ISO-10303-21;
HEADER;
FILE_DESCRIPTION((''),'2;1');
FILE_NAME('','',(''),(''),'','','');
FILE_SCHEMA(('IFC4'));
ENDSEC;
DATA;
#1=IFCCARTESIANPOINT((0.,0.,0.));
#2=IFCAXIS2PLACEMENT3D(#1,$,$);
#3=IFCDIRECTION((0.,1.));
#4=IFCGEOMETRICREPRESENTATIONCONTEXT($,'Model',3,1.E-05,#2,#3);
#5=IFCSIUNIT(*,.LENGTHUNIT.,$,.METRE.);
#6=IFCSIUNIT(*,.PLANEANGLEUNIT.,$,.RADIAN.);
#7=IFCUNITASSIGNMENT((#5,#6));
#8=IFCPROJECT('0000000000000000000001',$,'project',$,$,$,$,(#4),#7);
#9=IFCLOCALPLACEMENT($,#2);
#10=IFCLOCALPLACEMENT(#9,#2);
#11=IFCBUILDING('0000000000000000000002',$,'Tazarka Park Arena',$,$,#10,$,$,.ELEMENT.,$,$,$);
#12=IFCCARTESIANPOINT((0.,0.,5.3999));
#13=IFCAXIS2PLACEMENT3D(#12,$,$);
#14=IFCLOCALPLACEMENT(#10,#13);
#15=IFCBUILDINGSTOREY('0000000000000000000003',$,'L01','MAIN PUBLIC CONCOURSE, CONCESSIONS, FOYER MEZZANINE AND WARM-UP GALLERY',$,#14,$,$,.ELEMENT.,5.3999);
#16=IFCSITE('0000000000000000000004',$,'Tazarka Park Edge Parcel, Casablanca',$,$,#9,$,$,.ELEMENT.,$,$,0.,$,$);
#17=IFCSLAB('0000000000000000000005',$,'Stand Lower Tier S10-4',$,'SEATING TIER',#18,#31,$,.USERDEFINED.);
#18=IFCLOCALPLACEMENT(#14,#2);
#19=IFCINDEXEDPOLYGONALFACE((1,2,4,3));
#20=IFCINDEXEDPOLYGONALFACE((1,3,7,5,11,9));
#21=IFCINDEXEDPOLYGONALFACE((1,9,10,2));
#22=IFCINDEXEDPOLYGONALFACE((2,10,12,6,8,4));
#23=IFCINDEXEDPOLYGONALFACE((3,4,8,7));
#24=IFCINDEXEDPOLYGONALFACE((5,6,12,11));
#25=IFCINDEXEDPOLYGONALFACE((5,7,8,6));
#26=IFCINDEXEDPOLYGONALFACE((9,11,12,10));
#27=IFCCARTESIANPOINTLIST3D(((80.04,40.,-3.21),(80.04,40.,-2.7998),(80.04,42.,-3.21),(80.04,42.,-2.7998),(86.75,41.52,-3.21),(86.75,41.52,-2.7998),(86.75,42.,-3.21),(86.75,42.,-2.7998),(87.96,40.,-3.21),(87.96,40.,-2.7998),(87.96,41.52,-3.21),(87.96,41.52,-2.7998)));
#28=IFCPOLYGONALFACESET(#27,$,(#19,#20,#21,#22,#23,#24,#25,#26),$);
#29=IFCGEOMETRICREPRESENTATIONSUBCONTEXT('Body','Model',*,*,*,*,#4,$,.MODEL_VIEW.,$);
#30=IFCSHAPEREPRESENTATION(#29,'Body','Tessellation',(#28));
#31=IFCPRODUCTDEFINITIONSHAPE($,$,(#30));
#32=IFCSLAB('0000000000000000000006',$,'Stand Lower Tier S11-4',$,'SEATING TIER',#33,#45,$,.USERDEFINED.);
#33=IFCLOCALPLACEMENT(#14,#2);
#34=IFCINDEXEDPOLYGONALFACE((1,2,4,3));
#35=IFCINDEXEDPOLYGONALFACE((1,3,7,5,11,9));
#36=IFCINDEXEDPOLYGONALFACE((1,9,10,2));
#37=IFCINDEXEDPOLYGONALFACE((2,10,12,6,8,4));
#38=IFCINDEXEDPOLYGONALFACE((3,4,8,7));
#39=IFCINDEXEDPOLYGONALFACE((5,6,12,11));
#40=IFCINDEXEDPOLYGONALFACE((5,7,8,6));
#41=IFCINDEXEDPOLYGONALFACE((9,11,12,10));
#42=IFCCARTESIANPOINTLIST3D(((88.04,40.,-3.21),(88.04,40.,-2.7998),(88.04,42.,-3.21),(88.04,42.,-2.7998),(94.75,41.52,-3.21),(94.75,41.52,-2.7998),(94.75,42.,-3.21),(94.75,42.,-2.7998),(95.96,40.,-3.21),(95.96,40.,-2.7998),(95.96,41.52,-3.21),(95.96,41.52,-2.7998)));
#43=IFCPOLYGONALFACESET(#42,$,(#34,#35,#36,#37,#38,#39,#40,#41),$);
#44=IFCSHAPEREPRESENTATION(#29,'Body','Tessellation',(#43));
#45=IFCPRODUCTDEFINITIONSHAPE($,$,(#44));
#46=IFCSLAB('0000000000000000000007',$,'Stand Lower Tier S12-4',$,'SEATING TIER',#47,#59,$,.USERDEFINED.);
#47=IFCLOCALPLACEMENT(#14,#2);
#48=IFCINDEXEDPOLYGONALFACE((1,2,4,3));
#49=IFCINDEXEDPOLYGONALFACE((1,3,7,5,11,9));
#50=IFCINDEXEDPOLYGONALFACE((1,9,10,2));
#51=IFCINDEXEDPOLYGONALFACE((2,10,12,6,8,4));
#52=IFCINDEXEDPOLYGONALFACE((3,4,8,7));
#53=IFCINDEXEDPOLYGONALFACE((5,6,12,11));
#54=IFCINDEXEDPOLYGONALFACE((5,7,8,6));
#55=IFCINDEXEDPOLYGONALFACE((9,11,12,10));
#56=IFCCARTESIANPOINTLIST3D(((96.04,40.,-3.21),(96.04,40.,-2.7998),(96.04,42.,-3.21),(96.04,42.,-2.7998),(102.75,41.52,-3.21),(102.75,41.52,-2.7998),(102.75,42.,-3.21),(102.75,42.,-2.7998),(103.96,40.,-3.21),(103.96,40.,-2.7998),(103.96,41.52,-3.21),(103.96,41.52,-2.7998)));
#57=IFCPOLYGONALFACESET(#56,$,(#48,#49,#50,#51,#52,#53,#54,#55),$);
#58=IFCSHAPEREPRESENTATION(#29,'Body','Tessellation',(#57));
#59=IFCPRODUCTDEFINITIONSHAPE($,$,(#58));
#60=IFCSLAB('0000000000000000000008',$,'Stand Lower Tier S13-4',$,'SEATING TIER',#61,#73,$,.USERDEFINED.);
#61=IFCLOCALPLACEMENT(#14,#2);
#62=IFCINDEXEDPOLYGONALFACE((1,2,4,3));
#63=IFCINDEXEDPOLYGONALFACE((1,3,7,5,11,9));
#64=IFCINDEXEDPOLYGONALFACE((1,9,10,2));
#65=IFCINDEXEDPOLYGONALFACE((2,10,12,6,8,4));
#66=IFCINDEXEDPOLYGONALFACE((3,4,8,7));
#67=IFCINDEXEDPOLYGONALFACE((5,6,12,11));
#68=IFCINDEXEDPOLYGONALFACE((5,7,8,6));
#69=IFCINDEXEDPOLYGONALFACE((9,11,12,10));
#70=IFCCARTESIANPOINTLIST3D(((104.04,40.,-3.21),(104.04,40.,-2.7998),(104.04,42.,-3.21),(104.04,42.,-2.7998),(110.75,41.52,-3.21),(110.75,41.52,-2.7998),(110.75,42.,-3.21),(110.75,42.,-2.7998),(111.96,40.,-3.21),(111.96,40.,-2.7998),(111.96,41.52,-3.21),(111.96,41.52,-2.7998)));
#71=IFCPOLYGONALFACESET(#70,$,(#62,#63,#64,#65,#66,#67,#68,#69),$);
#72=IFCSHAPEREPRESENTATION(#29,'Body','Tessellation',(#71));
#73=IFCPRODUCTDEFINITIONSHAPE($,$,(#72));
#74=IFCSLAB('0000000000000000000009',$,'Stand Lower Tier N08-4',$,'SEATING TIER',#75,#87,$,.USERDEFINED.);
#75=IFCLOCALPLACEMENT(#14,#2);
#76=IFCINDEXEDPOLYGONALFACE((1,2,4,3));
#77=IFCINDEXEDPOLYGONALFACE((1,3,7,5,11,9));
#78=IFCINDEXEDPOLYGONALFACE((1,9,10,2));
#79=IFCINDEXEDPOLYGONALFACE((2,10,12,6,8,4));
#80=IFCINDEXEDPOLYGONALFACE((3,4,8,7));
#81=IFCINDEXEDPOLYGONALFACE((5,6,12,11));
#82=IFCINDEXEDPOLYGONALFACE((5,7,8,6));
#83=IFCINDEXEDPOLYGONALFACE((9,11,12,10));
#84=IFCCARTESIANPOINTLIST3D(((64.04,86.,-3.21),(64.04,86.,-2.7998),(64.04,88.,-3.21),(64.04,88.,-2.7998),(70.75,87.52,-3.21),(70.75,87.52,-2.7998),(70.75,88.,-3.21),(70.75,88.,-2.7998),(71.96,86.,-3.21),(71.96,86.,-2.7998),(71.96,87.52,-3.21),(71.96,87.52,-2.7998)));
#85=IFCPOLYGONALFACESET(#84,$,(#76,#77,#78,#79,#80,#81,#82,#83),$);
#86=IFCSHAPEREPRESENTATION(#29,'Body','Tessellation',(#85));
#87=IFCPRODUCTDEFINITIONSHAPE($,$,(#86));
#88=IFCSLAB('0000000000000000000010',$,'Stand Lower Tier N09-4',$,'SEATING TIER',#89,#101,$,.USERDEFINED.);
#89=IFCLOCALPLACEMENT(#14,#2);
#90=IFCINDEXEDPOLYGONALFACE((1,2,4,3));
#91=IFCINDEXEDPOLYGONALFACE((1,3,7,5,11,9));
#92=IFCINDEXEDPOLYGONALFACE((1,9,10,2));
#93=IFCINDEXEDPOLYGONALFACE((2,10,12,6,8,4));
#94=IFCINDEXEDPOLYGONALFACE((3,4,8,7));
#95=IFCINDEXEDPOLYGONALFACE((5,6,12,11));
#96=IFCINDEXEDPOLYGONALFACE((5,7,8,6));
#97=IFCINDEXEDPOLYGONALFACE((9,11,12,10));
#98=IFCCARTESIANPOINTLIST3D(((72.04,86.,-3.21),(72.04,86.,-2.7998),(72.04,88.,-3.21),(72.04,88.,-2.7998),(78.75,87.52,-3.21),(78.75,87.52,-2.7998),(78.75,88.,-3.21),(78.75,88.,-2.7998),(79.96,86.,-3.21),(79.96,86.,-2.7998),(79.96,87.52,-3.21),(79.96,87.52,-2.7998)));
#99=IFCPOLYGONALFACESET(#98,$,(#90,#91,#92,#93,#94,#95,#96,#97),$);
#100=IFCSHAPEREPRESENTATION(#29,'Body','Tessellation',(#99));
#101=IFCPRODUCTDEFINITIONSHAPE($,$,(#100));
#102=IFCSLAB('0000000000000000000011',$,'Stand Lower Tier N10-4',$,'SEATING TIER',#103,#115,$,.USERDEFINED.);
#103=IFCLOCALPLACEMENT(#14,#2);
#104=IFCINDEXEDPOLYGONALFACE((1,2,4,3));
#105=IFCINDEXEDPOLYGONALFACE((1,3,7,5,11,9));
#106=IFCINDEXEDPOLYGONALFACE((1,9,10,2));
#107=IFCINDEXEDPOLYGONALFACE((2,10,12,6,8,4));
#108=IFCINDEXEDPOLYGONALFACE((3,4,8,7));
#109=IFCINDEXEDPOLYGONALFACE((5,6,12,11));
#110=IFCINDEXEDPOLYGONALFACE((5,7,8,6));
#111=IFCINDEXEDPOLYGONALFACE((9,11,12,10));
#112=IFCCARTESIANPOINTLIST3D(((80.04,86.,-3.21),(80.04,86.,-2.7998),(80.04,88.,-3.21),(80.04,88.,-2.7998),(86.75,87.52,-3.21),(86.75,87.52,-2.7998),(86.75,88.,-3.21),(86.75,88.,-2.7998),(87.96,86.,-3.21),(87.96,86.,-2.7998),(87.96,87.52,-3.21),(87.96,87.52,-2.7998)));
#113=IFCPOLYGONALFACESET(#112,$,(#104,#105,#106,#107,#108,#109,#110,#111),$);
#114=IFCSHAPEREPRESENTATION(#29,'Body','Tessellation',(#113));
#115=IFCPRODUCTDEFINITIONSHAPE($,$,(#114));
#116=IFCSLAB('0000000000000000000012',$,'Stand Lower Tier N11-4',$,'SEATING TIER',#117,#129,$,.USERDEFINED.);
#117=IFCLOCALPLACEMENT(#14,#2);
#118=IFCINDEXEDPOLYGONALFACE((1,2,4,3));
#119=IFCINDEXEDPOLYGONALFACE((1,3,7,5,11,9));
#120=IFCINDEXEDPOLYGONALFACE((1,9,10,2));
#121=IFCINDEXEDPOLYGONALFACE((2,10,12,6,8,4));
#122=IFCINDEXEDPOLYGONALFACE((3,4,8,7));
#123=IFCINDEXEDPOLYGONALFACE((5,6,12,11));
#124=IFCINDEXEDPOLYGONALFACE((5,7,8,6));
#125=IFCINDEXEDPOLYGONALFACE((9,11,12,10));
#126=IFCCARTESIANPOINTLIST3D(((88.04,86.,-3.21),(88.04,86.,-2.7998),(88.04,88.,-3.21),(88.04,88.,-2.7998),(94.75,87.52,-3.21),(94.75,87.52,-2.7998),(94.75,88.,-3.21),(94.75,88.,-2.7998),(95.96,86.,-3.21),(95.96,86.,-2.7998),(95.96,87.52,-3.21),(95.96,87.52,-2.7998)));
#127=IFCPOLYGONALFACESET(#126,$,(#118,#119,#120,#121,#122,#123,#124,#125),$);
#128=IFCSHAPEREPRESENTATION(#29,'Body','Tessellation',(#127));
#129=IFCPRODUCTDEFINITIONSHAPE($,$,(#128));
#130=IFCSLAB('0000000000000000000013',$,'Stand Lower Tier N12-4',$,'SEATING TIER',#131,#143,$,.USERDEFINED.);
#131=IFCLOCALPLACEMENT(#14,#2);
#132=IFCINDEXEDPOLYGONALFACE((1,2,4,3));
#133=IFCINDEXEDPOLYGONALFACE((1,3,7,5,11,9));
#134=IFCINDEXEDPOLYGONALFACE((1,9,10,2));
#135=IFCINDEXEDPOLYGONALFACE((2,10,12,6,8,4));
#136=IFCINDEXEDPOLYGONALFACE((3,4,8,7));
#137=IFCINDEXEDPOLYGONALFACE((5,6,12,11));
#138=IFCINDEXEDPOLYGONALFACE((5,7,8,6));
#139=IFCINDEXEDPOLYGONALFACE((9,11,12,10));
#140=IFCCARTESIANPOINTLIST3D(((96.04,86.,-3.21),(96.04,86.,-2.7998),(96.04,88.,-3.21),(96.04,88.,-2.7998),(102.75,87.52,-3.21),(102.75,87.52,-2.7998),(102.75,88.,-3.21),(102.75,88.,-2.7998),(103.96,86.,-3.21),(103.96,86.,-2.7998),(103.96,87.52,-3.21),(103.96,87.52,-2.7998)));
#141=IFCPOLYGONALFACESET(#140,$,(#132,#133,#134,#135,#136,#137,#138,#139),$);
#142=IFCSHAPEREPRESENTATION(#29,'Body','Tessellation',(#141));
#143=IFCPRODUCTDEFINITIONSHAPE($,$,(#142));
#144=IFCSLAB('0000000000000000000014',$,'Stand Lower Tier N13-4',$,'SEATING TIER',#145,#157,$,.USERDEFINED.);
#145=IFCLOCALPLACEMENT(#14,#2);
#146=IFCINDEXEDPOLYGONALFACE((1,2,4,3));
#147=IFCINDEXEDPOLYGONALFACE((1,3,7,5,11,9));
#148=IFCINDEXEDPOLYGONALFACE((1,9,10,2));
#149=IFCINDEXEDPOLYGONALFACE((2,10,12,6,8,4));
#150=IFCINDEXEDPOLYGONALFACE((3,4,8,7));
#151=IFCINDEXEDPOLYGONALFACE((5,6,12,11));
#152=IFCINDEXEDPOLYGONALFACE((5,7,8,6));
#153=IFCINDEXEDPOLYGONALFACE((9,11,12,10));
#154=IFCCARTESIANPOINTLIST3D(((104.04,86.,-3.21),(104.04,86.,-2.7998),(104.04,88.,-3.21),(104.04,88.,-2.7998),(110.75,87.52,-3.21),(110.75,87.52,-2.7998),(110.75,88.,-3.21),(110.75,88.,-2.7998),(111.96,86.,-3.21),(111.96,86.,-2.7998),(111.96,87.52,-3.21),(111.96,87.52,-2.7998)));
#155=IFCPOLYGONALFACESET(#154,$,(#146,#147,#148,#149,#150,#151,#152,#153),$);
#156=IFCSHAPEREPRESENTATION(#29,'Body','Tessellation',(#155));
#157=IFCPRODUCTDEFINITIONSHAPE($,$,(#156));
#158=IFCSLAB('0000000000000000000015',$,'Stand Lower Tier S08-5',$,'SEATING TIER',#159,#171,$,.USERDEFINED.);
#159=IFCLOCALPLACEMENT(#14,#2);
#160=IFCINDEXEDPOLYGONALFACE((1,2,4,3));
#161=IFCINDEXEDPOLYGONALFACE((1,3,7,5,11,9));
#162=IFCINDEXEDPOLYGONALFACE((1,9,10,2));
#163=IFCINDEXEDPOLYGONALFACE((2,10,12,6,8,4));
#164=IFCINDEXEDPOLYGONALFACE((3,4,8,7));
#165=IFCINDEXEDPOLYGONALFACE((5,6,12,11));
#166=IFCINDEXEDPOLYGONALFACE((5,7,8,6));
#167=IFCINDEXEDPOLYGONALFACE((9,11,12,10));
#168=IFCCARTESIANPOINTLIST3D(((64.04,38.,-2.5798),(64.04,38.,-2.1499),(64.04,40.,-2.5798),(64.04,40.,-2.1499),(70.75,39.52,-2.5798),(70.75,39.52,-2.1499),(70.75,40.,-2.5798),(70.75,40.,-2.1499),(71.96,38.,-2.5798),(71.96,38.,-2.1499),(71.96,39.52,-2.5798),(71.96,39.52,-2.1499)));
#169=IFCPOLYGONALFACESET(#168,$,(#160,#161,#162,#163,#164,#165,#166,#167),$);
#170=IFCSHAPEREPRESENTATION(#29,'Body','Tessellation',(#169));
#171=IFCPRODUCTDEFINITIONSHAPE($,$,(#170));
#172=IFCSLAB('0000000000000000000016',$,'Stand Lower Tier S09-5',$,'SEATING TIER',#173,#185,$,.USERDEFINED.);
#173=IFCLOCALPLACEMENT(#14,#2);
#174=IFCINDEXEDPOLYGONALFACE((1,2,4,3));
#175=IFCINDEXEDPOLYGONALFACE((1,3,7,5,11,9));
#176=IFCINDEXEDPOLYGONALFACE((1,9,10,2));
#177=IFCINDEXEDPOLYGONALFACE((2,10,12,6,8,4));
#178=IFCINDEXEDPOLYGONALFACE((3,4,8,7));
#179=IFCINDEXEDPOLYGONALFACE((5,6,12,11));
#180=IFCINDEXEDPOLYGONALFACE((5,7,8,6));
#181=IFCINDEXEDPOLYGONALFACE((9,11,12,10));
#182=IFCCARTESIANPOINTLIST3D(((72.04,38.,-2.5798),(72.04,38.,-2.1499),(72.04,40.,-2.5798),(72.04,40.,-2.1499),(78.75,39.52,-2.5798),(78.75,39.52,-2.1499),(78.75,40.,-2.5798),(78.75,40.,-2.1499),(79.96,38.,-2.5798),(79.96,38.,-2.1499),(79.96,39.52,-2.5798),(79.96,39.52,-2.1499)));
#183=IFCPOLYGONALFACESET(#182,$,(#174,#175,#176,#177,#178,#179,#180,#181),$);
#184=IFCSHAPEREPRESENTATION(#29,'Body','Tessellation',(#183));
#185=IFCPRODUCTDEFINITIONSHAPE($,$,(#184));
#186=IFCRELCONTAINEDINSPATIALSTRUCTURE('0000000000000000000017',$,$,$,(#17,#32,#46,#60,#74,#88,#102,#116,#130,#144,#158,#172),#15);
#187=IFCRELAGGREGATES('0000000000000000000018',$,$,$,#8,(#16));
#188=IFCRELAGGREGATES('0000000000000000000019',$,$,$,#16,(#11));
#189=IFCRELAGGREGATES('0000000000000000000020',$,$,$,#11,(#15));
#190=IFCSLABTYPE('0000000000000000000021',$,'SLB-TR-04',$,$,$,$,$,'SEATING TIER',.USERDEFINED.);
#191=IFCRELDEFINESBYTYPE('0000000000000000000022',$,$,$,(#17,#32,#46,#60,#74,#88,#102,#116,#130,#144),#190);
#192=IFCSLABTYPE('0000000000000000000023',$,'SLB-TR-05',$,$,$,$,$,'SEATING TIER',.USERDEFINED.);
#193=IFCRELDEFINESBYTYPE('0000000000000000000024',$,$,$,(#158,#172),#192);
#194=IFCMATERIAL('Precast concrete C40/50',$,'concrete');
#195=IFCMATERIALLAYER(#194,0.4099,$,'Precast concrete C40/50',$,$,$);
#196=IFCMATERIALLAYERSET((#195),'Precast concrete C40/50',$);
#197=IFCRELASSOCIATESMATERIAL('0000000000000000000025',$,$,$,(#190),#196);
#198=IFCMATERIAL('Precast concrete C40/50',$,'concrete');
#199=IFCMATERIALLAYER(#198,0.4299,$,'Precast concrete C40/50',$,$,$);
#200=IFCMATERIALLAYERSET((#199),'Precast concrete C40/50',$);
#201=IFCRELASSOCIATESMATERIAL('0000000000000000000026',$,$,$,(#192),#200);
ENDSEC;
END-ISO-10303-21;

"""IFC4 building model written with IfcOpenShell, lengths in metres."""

from ifc_helpers import new_model, si_unit, direction, frame, origin, place, context, subcontext, project, spatial, polyline, outline, extrude, material, layer, layer_set, type_object, element, save


model = new_model("IFC4")

# Units and contexts
model_context = context("Model", 3, precision=1e-05, world=origin(), true_north=direction((0.0, 1.0)))
body_context = subcontext(model_context, "Body", "Model", "MODEL_VIEW")
ifc_project = project(units=[si_unit("LENGTHUNIT", "METRE"), si_unit("PLANEANGLEUNIT", "RADIAN")], contexts=[model_context])

# Site, building, storey
site_placement = place(None, origin())
site = spatial("IfcSite", under=ifc_project, at=site_placement, Name="Tazarka Park Edge Parcel, Casablanca", CompositionType="ELEMENT", RefElevation=0.0)
building_placement = place(site_placement, origin())
building = spatial("IfcBuilding", under=site, at=building_placement, Name="Tazarka Park Arena", CompositionType="ELEMENT")
storey_placement = place(building_placement, frame((0.0, 0.0, 5.3999)))
storey = spatial("IfcBuildingStorey", under=building, at=storey_placement, Name="L01", Description="MAIN PUBLIC CONCOURSE, CONCESSIONS, FOYER MEZZANINE AND WARM-UP GALLERY", CompositionType="ELEMENT", Elevation=5.3999)

# Slabs
ifc_material_1 = material(Name="Precast concrete C40/50", Category="concrete")
ifc_layer_1 = layer(ifc_material_1, 0.4099, Name="Precast concrete C40/50")
ifc_layer_set_1 = layer_set([ifc_layer_1], Name="Precast concrete C40/50")
slab_type_1 = type_object("IfcSlabType", Name="SLB-TR-04", ElementType="SEATING TIER", PredefinedType="USERDEFINED", material=ifc_layer_set_1)
slab_1_placement = place(storey_placement, frame((0.0, 0.0, -3.21)))
element("IfcSlab", 1, at=slab_1_placement, inside=storey, type_object=slab_type_1, Name="Stand Lower Tier S10-4", ObjectType="SEATING TIER", PredefinedType="USERDEFINED", context=body_context, shape_type="SweptSolid", body=[
    extrude(outline(polyline([(80.04, 40.0), (87.96, 40.0), (87.96, 41.52), (86.75, 41.52), (86.75, 42.0), (80.04, 42.0), (80.04, 40.0)])), origin(), (0.0, 0.0, 1.0), 0.4102),
])
slab_2_placement = place(storey_placement, frame((0.0, 0.0, -3.21)))
element("IfcSlab", 2, at=slab_2_placement, inside=storey, type_object=slab_type_1, Name="Stand Lower Tier S11-4", ObjectType="SEATING TIER", PredefinedType="USERDEFINED", context=body_context, shape_type="SweptSolid", body=[
    extrude(outline(polyline([(88.04, 40.0), (95.96, 40.0), (95.96, 41.52), (94.75, 41.52), (94.75, 42.0), (88.04, 42.0), (88.04, 40.0)])), origin(), (0.0, 0.0, 1.0), 0.4102),
])
slab_3_placement = place(storey_placement, frame((0.0, 0.0, -3.21)))
element("IfcSlab", 3, at=slab_3_placement, inside=storey, type_object=slab_type_1, Name="Stand Lower Tier S12-4", ObjectType="SEATING TIER", PredefinedType="USERDEFINED", context=body_context, shape_type="SweptSolid", body=[
    extrude(outline(polyline([(96.04, 40.0), (103.96, 40.0), (103.96, 41.52), (102.75, 41.52), (102.75, 42.0), (96.04, 42.0), (96.04, 40.0)])), origin(), (0.0, 0.0, 1.0), 0.4102),
])
slab_4_placement = place(storey_placement, frame((0.0, 0.0, -3.21)))
element("IfcSlab", 4, at=slab_4_placement, inside=storey, type_object=slab_type_1, Name="Stand Lower Tier S13-4", ObjectType="SEATING TIER", PredefinedType="USERDEFINED", context=body_context, shape_type="SweptSolid", body=[
    extrude(outline(polyline([(104.04, 40.0), (111.96, 40.0), (111.96, 41.52), (110.75, 41.52), (110.75, 42.0), (104.04, 42.0), (104.04, 40.0)])), origin(), (0.0, 0.0, 1.0), 0.4102),
])
slab_5_placement = place(storey_placement, frame((0.0, 0.0, -3.21)))
element("IfcSlab", 5, at=slab_5_placement, inside=storey, type_object=slab_type_1, Name="Stand Lower Tier N08-4", ObjectType="SEATING TIER", PredefinedType="USERDEFINED", context=body_context, shape_type="SweptSolid", body=[
    extrude(outline(polyline([(64.04, 86.0), (71.96, 86.0), (71.96, 87.52), (70.75, 87.52), (70.75, 88.0), (64.04, 88.0), (64.04, 86.0)])), origin(), (0.0, 0.0, 1.0), 0.4102),
])
slab_6_placement = place(storey_placement, frame((0.0, 0.0, -3.21)))
element("IfcSlab", 6, at=slab_6_placement, inside=storey, type_object=slab_type_1, Name="Stand Lower Tier N09-4", ObjectType="SEATING TIER", PredefinedType="USERDEFINED", context=body_context, shape_type="SweptSolid", body=[
    extrude(outline(polyline([(72.04, 86.0), (79.96, 86.0), (79.96, 87.52), (78.75, 87.52), (78.75, 88.0), (72.04, 88.0), (72.04, 86.0)])), origin(), (0.0, 0.0, 1.0), 0.4102),
])
slab_7_placement = place(storey_placement, frame((0.0, 0.0, -3.21)))
element("IfcSlab", 7, at=slab_7_placement, inside=storey, type_object=slab_type_1, Name="Stand Lower Tier N10-4", ObjectType="SEATING TIER", PredefinedType="USERDEFINED", context=body_context, shape_type="SweptSolid", body=[
    extrude(outline(polyline([(80.04, 86.0), (87.96, 86.0), (87.96, 87.52), (86.75, 87.52), (86.75, 88.0), (80.04, 88.0), (80.04, 86.0)])), origin(), (0.0, 0.0, 1.0), 0.4102),
])
slab_8_placement = place(storey_placement, frame((0.0, 0.0, -3.21)))
element("IfcSlab", 8, at=slab_8_placement, inside=storey, type_object=slab_type_1, Name="Stand Lower Tier N11-4", ObjectType="SEATING TIER", PredefinedType="USERDEFINED", context=body_context, shape_type="SweptSolid", body=[
    extrude(outline(polyline([(88.04, 86.0), (95.96, 86.0), (95.96, 87.52), (94.75, 87.52), (94.75, 88.0), (88.04, 88.0), (88.04, 86.0)])), origin(), (0.0, 0.0, 1.0), 0.4102),
])
slab_9_placement = place(storey_placement, frame((0.0, 0.0, -3.21)))
element("IfcSlab", 9, at=slab_9_placement, inside=storey, type_object=slab_type_1, Name="Stand Lower Tier N12-4", ObjectType="SEATING TIER", PredefinedType="USERDEFINED", context=body_context, shape_type="SweptSolid", body=[
    extrude(outline(polyline([(96.04, 86.0), (103.96, 86.0), (103.96, 87.52), (102.75, 87.52), (102.75, 88.0), (96.04, 88.0), (96.04, 86.0)])), origin(), (0.0, 0.0, 1.0), 0.4102),
])
slab_10_placement = place(storey_placement, frame((0.0, 0.0, -3.21)))
element("IfcSlab", 10, at=slab_10_placement, inside=storey, type_object=slab_type_1, Name="Stand Lower Tier N13-4", ObjectType="SEATING TIER", PredefinedType="USERDEFINED", context=body_context, shape_type="SweptSolid", body=[
    extrude(outline(polyline([(104.04, 86.0), (111.96, 86.0), (111.96, 87.52), (110.75, 87.52), (110.75, 88.0), (104.04, 88.0), (104.04, 86.0)])), origin(), (0.0, 0.0, 1.0), 0.4102),
])
ifc_material_2 = material(Name="Precast concrete C40/50", Category="concrete")
ifc_layer_2 = layer(ifc_material_2, 0.4299, Name="Precast concrete C40/50")
ifc_layer_set_2 = layer_set([ifc_layer_2], Name="Precast concrete C40/50")
slab_type_2 = type_object("IfcSlabType", Name="SLB-TR-05", ElementType="SEATING TIER", PredefinedType="USERDEFINED", material=ifc_layer_set_2)
slab_11_placement = place(storey_placement, frame((0.0, 0.0, -2.5798)))
element("IfcSlab", 11, at=slab_11_placement, inside=storey, type_object=slab_type_2, Name="Stand Lower Tier S08-5", ObjectType="SEATING TIER", PredefinedType="USERDEFINED", context=body_context, shape_type="SweptSolid", body=[
    extrude(outline(polyline([(64.04, 38.0), (71.96, 38.0), (71.96, 39.52), (70.75, 39.52), (70.75, 40.0), (64.04, 40.0), (64.04, 38.0)])), origin(), (0.0, 0.0, 1.0), 0.4299),
])
slab_12_placement = place(storey_placement, frame((0.0, 0.0, -2.5798)))
element("IfcSlab", 12, at=slab_12_placement, inside=storey, type_object=slab_type_2, Name="Stand Lower Tier S09-5", ObjectType="SEATING TIER", PredefinedType="USERDEFINED", context=body_context, shape_type="SweptSolid", body=[
    extrude(outline(polyline([(72.04, 38.0), (79.96, 38.0), (79.96, 39.52), (78.75, 39.52), (78.75, 40.0), (72.04, 40.0), (72.04, 38.0)])), origin(), (0.0, 0.0, 1.0), 0.4299),
])

save(model, "model.ifc")
